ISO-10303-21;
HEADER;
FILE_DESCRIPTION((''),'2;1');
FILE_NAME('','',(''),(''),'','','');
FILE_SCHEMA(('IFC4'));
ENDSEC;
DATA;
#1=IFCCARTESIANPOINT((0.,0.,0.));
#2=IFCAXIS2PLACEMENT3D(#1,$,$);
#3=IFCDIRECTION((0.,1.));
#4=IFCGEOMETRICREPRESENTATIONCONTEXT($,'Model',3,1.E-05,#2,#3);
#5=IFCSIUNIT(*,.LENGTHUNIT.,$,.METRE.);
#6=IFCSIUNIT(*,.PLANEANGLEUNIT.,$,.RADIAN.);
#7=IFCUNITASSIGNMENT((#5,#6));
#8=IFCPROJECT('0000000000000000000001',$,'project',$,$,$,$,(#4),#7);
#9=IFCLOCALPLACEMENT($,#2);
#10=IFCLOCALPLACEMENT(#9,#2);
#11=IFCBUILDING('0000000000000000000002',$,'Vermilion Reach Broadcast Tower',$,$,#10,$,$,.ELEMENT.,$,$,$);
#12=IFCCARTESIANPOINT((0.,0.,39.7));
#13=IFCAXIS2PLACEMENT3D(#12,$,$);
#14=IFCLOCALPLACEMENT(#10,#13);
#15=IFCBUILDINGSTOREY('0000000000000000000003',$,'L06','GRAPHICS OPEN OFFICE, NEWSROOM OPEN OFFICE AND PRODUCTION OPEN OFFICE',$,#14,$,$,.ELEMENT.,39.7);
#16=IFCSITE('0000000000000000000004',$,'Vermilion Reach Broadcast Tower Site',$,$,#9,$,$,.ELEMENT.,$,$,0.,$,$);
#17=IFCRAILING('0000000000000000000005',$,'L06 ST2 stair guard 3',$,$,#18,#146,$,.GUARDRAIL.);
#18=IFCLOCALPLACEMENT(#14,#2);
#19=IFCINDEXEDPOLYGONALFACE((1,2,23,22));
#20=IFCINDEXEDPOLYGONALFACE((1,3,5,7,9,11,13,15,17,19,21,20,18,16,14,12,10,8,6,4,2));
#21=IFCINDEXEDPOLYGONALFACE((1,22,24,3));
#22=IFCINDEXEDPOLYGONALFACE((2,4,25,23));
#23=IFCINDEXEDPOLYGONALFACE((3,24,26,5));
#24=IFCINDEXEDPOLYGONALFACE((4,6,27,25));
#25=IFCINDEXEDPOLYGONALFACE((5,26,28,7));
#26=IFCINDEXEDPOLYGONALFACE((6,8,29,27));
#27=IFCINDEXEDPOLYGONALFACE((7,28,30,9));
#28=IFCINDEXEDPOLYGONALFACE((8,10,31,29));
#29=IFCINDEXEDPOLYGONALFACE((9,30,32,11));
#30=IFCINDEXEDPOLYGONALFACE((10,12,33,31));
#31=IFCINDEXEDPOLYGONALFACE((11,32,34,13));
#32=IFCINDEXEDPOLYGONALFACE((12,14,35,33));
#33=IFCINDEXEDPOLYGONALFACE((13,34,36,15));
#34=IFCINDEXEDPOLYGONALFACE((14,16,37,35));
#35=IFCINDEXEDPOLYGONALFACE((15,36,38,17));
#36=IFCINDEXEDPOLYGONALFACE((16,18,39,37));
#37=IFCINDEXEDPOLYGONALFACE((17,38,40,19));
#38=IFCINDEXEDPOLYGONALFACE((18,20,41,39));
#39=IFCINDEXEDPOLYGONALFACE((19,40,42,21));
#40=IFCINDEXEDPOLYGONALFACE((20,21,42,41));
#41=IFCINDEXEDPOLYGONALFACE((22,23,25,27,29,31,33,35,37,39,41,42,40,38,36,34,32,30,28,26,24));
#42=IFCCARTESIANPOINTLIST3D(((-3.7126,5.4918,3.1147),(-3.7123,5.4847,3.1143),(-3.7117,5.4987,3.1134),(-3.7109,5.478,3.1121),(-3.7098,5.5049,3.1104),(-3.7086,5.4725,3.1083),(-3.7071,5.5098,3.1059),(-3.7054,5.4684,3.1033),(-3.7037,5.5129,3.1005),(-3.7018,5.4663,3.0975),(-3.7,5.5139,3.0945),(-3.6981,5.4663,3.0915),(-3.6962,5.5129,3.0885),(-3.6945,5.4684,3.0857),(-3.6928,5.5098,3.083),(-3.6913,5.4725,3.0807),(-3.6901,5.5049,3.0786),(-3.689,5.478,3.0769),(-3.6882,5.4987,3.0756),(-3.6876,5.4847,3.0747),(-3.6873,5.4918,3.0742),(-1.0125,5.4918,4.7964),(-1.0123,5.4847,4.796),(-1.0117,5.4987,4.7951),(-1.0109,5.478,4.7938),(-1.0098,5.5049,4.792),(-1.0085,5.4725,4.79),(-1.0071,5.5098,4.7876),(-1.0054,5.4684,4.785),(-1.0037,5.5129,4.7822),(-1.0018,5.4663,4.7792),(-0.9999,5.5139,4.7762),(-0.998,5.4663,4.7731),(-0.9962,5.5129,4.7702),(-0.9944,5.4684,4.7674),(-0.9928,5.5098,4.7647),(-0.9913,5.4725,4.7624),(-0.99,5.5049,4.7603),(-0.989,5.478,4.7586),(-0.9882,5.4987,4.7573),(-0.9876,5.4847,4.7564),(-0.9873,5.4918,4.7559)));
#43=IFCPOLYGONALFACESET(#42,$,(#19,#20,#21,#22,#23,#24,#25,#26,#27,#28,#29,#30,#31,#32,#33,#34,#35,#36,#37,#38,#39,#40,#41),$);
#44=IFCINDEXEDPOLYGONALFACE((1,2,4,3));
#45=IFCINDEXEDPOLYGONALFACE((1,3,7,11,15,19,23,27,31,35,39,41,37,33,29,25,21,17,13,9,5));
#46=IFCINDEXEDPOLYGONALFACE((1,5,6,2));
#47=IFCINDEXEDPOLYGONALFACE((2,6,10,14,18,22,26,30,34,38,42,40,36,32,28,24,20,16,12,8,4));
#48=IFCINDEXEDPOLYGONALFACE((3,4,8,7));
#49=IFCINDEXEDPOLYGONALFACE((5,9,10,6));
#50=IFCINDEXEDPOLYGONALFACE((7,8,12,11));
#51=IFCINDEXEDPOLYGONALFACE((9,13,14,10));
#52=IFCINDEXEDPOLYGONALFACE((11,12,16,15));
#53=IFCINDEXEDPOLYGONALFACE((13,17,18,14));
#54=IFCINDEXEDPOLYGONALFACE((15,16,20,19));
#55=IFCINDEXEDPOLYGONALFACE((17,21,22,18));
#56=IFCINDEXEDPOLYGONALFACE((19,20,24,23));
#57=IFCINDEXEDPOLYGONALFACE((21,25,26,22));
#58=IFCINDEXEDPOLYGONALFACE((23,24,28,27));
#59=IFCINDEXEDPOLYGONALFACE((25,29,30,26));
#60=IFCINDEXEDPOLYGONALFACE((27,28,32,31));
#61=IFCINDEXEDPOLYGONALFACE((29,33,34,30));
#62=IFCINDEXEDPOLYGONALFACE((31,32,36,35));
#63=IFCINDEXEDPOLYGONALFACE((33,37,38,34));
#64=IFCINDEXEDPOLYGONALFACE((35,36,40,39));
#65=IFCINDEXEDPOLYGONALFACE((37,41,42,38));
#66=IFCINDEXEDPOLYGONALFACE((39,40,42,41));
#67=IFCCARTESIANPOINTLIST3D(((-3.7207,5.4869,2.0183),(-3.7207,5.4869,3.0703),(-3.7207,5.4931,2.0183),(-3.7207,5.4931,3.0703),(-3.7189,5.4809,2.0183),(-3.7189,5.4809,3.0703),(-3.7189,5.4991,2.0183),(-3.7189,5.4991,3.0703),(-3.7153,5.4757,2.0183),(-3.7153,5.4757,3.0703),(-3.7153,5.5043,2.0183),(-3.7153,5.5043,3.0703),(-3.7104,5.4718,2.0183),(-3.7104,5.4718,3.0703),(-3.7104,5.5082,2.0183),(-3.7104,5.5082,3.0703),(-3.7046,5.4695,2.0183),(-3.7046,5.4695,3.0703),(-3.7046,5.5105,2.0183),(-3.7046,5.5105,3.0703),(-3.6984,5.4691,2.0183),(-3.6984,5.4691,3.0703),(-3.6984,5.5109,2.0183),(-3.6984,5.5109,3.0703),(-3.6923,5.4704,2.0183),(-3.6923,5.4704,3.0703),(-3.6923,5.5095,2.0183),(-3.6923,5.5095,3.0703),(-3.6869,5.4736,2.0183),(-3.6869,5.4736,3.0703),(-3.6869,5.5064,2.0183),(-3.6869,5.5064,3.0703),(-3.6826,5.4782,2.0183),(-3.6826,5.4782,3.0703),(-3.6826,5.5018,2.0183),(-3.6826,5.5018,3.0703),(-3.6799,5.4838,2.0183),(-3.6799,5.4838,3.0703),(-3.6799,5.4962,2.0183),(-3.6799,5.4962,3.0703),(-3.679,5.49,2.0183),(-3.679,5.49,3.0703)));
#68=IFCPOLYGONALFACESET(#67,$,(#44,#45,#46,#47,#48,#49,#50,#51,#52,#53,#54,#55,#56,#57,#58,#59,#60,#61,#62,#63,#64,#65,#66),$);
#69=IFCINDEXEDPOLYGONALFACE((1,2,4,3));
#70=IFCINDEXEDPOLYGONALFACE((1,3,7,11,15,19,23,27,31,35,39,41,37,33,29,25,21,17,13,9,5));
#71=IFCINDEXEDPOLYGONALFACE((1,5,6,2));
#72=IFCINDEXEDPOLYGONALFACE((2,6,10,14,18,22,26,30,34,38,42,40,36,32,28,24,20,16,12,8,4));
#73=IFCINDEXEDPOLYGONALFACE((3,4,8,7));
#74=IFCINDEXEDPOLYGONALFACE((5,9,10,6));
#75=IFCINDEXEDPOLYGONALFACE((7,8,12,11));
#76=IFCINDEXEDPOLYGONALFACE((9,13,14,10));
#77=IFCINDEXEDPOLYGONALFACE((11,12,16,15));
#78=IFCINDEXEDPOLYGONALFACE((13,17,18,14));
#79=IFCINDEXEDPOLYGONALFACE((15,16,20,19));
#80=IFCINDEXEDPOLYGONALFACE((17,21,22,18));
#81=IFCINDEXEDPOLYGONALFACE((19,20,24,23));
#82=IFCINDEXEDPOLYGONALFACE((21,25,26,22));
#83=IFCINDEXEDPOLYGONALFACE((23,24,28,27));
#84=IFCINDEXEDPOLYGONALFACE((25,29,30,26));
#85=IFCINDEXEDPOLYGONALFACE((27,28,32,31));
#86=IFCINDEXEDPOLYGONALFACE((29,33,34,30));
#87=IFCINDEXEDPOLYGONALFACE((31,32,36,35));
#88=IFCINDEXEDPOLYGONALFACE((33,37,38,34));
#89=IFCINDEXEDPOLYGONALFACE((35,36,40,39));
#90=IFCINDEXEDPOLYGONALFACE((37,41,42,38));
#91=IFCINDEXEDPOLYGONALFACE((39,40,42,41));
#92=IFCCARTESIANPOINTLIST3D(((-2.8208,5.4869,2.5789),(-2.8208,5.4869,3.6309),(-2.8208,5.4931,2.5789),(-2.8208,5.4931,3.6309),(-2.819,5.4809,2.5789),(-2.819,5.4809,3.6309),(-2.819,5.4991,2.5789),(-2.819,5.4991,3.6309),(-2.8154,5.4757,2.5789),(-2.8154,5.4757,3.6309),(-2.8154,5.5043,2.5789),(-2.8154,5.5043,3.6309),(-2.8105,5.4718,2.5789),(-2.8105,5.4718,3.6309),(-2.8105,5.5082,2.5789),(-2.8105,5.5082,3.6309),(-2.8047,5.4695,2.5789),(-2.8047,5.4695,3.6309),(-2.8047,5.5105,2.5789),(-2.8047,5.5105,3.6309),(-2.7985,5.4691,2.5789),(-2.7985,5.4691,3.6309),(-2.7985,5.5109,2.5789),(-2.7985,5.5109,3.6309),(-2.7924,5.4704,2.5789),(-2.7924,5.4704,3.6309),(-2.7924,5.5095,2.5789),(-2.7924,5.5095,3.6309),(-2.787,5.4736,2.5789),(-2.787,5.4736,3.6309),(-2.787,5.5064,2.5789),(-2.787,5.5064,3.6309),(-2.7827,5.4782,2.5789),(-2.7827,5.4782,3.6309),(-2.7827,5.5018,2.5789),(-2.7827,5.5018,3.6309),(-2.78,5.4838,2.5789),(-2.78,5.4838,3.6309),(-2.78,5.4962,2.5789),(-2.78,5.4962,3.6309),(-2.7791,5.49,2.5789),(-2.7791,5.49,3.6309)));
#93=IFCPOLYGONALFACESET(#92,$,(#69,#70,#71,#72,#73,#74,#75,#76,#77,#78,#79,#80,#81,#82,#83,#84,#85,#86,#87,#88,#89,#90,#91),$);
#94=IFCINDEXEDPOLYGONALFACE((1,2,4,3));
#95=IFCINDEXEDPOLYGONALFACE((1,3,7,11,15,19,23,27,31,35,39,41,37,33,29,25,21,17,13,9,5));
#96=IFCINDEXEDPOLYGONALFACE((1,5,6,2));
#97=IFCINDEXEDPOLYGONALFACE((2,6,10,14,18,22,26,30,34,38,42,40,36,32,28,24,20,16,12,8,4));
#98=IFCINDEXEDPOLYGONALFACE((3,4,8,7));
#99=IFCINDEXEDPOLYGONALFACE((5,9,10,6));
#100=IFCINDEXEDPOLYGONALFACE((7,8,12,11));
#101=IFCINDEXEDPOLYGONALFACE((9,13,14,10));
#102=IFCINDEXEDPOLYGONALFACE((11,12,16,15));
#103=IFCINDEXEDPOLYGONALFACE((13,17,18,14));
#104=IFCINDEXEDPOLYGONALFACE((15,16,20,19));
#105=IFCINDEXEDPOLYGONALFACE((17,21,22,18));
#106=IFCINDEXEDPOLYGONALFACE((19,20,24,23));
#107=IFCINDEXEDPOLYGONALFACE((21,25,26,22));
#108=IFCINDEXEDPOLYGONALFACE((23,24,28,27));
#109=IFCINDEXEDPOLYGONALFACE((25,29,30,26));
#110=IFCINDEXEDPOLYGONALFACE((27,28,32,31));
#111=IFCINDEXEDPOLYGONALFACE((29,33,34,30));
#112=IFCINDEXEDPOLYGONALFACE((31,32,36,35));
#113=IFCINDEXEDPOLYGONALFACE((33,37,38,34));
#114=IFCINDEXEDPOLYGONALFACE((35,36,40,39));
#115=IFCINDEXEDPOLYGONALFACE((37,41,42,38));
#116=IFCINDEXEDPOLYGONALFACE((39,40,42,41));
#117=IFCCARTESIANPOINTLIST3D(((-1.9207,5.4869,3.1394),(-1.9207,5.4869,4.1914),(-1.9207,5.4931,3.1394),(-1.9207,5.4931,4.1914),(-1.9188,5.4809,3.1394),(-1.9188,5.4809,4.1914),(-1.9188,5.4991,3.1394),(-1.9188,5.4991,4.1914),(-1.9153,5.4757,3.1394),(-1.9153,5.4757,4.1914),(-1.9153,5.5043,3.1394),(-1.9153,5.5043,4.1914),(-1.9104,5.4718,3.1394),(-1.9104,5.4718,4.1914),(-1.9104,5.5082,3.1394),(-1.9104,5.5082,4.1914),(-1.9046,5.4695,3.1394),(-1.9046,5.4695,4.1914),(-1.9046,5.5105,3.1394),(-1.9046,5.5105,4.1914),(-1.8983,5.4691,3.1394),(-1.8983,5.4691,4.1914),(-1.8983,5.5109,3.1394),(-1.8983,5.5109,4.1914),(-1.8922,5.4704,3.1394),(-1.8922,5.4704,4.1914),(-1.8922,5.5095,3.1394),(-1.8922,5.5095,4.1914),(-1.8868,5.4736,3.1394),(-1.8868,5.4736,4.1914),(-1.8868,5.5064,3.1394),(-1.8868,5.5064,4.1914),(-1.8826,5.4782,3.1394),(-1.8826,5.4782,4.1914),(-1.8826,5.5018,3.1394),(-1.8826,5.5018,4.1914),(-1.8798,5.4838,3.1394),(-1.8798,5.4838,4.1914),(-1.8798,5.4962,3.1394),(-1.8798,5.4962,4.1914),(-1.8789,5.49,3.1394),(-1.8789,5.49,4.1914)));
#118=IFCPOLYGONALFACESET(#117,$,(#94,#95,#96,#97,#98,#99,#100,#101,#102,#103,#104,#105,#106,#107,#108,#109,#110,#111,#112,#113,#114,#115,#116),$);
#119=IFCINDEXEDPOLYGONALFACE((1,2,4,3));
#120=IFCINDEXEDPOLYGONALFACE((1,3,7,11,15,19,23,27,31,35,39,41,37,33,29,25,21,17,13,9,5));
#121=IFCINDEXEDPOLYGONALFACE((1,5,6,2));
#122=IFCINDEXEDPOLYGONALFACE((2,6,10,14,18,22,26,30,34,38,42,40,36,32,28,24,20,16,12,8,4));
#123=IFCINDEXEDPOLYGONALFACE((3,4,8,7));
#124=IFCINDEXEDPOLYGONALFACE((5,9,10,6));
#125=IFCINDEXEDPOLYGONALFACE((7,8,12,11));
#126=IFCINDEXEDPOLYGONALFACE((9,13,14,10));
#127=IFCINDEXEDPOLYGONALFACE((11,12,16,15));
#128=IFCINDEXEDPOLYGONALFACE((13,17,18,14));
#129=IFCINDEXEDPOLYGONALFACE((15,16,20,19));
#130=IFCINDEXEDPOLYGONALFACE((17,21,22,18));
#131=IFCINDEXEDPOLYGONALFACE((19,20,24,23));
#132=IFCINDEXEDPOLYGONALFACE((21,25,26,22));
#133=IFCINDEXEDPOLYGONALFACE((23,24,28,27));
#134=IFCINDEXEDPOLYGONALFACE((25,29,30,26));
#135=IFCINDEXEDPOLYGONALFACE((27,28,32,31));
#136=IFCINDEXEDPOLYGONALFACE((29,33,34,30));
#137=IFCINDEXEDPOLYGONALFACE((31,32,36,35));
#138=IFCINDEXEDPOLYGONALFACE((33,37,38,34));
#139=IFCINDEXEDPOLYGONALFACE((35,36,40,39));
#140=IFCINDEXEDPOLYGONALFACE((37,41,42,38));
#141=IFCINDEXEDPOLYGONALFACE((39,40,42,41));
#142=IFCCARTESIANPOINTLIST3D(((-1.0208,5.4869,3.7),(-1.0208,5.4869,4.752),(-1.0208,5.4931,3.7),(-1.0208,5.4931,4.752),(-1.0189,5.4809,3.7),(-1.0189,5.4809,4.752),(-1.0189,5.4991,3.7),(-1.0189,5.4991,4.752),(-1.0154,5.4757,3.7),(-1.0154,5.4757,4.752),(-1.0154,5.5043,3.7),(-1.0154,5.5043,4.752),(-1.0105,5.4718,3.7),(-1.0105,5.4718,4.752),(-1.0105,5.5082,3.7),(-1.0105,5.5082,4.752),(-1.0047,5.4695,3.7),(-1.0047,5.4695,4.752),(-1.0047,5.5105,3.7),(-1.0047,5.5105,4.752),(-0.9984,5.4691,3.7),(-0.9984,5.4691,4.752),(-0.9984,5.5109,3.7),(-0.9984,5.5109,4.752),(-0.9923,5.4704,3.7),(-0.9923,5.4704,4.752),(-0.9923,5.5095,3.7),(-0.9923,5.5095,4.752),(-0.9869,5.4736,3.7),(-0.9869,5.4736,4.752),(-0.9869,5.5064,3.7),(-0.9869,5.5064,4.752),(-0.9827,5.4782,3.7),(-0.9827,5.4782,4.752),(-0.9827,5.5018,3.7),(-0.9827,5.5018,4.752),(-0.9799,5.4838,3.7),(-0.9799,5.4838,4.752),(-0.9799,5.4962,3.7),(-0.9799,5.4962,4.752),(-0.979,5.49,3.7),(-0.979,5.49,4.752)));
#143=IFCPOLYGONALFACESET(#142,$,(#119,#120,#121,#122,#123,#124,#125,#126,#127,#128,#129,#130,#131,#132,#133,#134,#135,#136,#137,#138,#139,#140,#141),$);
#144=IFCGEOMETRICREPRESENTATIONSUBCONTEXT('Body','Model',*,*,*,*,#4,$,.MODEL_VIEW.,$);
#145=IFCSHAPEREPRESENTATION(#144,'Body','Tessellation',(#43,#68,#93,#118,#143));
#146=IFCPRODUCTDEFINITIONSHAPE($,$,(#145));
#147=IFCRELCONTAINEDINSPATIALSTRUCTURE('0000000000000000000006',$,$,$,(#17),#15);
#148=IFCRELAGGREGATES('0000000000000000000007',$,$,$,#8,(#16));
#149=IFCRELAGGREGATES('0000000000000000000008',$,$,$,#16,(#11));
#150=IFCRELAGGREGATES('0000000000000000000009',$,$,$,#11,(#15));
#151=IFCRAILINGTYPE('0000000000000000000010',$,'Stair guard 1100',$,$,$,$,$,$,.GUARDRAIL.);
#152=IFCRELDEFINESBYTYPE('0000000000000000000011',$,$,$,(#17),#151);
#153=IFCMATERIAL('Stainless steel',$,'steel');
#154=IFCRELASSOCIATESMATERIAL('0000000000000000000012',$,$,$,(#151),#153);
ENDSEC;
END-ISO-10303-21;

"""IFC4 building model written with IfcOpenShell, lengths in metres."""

from ifc_helpers import new_model, si_unit, direction, frame, origin, origin_2d, place, context, subcontext, project, spatial, circle, extrude, material, type_object, element, save


model = new_model("IFC4")

# Units and contexts
model_context = context("Model", 3, precision=1e-05, world=origin(), true_north=direction((0.0, 1.0)))
body_context = subcontext(model_context, "Body", "Model", "MODEL_VIEW")
ifc_project = project(units=[si_unit("LENGTHUNIT", "METRE"), si_unit("PLANEANGLEUNIT", "RADIAN")], contexts=[model_context])

# Site, building, storey
site_placement = place(None, origin())
site = spatial("IfcSite", under=ifc_project, at=site_placement, Name="Vermilion Reach Broadcast Tower Site", CompositionType="ELEMENT", RefElevation=0.0)
building_placement = place(site_placement, origin())
building = spatial("IfcBuilding", under=site, at=building_placement, Name="Vermilion Reach Broadcast Tower", CompositionType="ELEMENT")
storey_placement = place(building_placement, frame((0.0, 0.0, 39.7)))
storey = spatial("IfcBuildingStorey", under=building, at=storey_placement, Name="L06", Description="GRAPHICS OPEN OFFICE, NEWSROOM OPEN OFFICE AND PRODUCTION OPEN OFFICE", CompositionType="ELEMENT", Elevation=39.7)

# Railing
ifc_material_1 = material(Name="Stainless steel", Category="steel")
railing_type_1 = type_object("IfcRailingType", Name="Stair guard 1100", PredefinedType="GUARDRAIL", material=ifc_material_1)
railing_1_placement = place(storey_placement, frame((-3.7, 5.49, 2.0183)))
element("IfcRailing", 1, at=railing_1_placement, inside=storey, type_object=railing_type_1, Name="L06 ST2 stair guard 3", PredefinedType="GUARDRAIL", context=body_context, shape_type="SweptSolid", body=[
    extrude(circle(Radius=0.0239, at=origin_2d()), frame((0.0, 0.0, 1.0762), z_axis=(0.848821, 0.0, 0.528681), x_axis=(0.0, 1.0, 0.0)), (0.0, 0.0, 1.0), 3.1809),
    extrude(circle(Radius=0.021, at=origin_2d()), origin(), (0.0, 0.0, 1.0), 1.052),
    extrude(circle(Radius=0.021, at=origin_2d()), frame((0.8999, 0.0, 0.5605)), (0.0, 0.0, 1.0), 1.052),
    extrude(circle(Radius=0.021, at=origin_2d()), frame((1.8, 0.0, 1.1211)), (0.0, 0.0, 1.0), 1.052),
    extrude(circle(Radius=0.021, at=origin_2d()), frame((2.7, 0.0, 1.6816)), (0.0, 0.0, 1.0), 1.052),
])

save(model, "model.ifc")
